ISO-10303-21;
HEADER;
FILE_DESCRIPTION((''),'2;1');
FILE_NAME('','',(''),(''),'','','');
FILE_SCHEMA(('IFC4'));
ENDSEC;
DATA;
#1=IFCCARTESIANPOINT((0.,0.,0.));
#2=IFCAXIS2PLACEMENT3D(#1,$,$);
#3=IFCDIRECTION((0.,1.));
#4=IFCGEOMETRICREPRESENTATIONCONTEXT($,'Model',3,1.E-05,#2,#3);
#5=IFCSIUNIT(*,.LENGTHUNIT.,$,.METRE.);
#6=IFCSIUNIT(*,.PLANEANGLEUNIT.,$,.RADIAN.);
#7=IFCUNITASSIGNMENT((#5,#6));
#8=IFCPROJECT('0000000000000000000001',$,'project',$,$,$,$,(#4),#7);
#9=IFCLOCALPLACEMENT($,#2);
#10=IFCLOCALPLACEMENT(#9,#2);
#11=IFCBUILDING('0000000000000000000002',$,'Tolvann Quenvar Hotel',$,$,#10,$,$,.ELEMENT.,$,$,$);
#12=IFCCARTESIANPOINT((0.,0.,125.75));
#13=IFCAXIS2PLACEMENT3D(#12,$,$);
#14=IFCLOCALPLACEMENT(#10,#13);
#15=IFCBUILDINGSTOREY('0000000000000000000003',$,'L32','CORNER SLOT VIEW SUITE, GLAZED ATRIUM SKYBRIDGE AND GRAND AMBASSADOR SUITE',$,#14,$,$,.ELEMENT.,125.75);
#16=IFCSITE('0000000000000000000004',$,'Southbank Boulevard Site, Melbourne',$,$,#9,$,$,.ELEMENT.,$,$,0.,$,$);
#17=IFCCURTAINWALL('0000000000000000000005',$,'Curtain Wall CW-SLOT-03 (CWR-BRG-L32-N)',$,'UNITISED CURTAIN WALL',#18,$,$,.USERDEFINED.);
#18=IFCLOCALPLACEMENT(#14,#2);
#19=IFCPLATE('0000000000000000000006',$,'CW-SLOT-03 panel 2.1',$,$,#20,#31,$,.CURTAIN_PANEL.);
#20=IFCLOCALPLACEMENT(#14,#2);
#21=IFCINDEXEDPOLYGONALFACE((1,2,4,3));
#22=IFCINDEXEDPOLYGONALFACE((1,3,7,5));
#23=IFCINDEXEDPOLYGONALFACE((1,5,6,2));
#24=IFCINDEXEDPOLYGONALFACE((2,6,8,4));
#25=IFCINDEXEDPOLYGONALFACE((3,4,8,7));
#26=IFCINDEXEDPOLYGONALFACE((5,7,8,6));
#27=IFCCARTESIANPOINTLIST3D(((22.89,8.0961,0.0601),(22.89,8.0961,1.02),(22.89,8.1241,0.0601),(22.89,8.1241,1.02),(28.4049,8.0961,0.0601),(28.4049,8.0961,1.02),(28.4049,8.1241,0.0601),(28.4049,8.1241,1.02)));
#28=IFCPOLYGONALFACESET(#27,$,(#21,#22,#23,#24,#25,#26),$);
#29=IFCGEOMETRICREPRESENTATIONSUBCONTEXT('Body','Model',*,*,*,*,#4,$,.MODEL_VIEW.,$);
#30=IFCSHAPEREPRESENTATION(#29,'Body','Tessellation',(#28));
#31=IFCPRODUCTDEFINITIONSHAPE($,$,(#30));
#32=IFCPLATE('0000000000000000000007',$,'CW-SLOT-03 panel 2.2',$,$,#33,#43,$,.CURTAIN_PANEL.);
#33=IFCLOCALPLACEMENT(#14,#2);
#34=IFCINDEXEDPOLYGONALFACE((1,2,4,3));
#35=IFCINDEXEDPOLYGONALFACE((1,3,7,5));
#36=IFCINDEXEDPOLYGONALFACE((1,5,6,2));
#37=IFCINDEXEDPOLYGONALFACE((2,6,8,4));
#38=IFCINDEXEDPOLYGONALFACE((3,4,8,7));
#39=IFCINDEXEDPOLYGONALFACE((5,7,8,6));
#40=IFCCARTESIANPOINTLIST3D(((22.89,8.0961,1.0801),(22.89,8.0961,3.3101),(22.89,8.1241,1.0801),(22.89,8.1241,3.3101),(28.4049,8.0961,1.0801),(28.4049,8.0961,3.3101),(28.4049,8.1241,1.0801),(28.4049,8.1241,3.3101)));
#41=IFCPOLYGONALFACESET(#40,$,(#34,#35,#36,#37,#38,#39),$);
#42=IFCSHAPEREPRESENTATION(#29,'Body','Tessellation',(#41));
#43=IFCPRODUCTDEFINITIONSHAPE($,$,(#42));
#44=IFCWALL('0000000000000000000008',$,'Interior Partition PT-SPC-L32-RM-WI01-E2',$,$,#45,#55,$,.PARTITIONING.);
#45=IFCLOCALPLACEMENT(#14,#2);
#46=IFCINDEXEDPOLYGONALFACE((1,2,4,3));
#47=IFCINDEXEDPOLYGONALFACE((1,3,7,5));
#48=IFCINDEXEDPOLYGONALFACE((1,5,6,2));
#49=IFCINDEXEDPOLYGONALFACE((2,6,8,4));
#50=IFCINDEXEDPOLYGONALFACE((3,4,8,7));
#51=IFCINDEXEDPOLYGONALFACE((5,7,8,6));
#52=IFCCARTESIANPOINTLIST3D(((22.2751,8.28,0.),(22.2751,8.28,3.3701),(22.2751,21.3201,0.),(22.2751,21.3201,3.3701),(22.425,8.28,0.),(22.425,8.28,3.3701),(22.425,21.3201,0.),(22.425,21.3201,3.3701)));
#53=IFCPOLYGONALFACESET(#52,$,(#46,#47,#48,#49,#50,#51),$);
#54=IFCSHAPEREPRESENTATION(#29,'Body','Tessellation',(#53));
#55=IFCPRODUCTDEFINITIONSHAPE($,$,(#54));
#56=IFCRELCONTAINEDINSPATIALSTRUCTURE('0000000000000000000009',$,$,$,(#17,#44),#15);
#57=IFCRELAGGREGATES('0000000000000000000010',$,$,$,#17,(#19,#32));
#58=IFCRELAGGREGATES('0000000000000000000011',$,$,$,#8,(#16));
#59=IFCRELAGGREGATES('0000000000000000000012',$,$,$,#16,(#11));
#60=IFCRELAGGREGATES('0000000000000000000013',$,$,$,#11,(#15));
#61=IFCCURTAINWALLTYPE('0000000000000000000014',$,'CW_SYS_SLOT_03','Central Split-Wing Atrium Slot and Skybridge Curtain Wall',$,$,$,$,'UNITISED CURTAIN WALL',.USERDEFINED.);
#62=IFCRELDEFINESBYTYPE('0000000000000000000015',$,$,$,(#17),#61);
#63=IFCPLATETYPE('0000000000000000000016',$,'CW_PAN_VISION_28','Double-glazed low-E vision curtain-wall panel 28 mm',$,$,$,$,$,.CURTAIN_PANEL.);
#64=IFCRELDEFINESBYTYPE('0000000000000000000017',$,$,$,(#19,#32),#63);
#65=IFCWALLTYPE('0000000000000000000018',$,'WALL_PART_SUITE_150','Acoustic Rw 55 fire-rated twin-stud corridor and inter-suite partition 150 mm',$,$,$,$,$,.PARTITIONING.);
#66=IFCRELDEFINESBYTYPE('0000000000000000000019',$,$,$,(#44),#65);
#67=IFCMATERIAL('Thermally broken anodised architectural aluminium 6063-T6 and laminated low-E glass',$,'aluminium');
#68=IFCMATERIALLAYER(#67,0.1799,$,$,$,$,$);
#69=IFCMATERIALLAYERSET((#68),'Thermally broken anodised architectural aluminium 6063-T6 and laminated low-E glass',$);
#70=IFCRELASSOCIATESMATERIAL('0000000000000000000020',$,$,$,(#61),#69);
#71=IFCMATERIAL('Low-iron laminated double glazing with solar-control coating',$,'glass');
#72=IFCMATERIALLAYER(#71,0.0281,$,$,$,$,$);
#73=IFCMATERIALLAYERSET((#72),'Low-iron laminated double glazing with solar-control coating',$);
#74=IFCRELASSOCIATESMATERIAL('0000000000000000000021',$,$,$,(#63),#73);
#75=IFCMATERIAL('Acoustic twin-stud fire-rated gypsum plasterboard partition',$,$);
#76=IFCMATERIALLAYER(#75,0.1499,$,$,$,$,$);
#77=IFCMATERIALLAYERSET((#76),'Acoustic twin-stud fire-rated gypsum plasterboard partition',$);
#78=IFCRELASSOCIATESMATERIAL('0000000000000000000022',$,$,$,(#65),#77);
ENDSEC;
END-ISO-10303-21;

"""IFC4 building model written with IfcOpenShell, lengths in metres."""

from ifc_helpers import new_model, si_unit, direction, frame, frame_2d, origin, origin_2d, place, context, subcontext, project, spatial, rectangle, extrude, source, transform, mapped, material, layer, layer_set, type_object, element, aggregate, save


model = new_model("IFC4")

# Units and contexts
model_context = context("Model", 3, precision=1e-05, world=origin(), true_north=direction((0.0, 1.0)))
body_context = subcontext(model_context, "Body", "Model", "MODEL_VIEW")
ifc_project = project(units=[si_unit("LENGTHUNIT", "METRE"), si_unit("PLANEANGLEUNIT", "RADIAN")], contexts=[model_context])

# Site, building, storey
site_placement = place(None, origin())
site = spatial("IfcSite", under=ifc_project, at=site_placement, Name="Southbank Boulevard Site, Melbourne", CompositionType="ELEMENT", RefElevation=0.0)
building_placement = place(site_placement, origin())
building = spatial("IfcBuilding", under=site, at=building_placement, Name="Tolvann Quenvar Hotel", CompositionType="ELEMENT")
storey_placement = place(building_placement, frame((0.0, 0.0, 125.75)))
storey = spatial("IfcBuildingStorey", under=building, at=storey_placement, Name="L32", Description="CORNER SLOT VIEW SUITE, GLAZED ATRIUM SKYBRIDGE AND GRAND AMBASSADOR SUITE", CompositionType="ELEMENT", Elevation=125.75)

# Curtain wall
ifc_material_1 = material(Name="Thermally broken anodised architectural aluminium 6063-T6 and laminated low-E glass", Category="aluminium")
ifc_layer_1 = layer(ifc_material_1, 0.1799)
ifc_layer_set_1 = layer_set([ifc_layer_1], Name="Thermally broken anodised architectural aluminium 6063-T6 and laminated low-E glass")
curtain_wall_type = type_object("IfcCurtainWallType", Name="CW_SYS_SLOT_03", Description="Central Split-Wing Atrium Slot and Skybridge Curtain Wall", ElementType="UNITISED CURTAIN WALL", PredefinedType="USERDEFINED", material=ifc_layer_set_1)
curtain_wall_1_placement = place(storey_placement, origin())
curtain_wall_1 = element("IfcCurtainWall", 1, at=curtain_wall_1_placement, inside=storey, type_object=curtain_wall_type, Name="Curtain Wall CW-SLOT-03 (CWR-BRG-L32-N)", ObjectType="UNITISED CURTAIN WALL", PredefinedType="USERDEFINED")

# Plates
ifc_material_2 = material(Name="Low-iron laminated double glazing with solar-control coating", Category="glass")
ifc_layer_2 = layer(ifc_material_2, 0.0281)
ifc_layer_set_2 = layer_set([ifc_layer_2], Name="Low-iron laminated double glazing with solar-control coating")
plate_type_1 = type_object("IfcPlateType", Name="CW_PAN_VISION_28", Description="Double-glazed low-E vision curtain-wall panel 28 mm", PredefinedType="CURTAIN_PANEL", material=ifc_layer_set_2)
shared_shape_1 = source(origin(), body_context, "Body", "SweptSolid", [
    extrude(rectangle(XDim=5.5149, YDim=0.0281, at=origin_2d()), origin(), (0.0, 0.0, 1.0), 0.96),
])
plate_1_placement = place(storey_placement, frame((25.6475, 8.1101, 0.0601), z_axis=(0.0, 0.0, 1.0), x_axis=(-1.0, 0.0, 0.0)))
plate_1 = element("IfcPlate", 2, at=plate_1_placement, type_object=plate_type_1, Name="CW-SLOT-03 panel 2.1", PredefinedType="CURTAIN_PANEL", context=body_context, shape_type="MappedRepresentation", body=[
    mapped(shared_shape_1, transform((0.0, 0.0, 0.0), x_axis=(1.0, 0.0, 0.0), y_axis=(0.0, 1.0, 0.0), z_axis=(0.0, 0.0, 1.0), scale=1.0)),
])
shared_shape_2 = source(origin(), body_context, "Body", "SweptSolid", [
    extrude(rectangle(XDim=5.5149, YDim=0.0281, at=origin_2d()), origin(), (0.0, 0.0, 1.0), 2.23),
])
plate_2_placement = place(storey_placement, frame((25.6475, 8.1101, 1.0801), z_axis=(0.0, 0.0, 1.0), x_axis=(-1.0, 0.0, 0.0)))
plate_2 = element("IfcPlate", 3, at=plate_2_placement, type_object=plate_type_1, Name="CW-SLOT-03 panel 2.2", PredefinedType="CURTAIN_PANEL", context=body_context, shape_type="MappedRepresentation", body=[
    mapped(shared_shape_2, transform((0.0, 0.0, 0.0), x_axis=(1.0, 0.0, 0.0), y_axis=(0.0, 1.0, 0.0), z_axis=(0.0, 0.0, 1.0), scale=1.0)),
])
aggregate(curtain_wall_1, [plate_1, plate_2])

# Wall
ifc_material_3 = material(Name="Acoustic twin-stud fire-rated gypsum plasterboard partition")
ifc_layer_3 = layer(ifc_material_3, 0.1499)
ifc_layer_set_3 = layer_set([ifc_layer_3], Name="Acoustic twin-stud fire-rated gypsum plasterboard partition")
wall_type = type_object("IfcWallType", Name="WALL_PART_SUITE_150", Description="Acoustic Rw 55 fire-rated twin-stud corridor and inter-suite partition 150 mm", PredefinedType="PARTITIONING", material=ifc_layer_set_3)
wall_placement = place(storey_placement, frame((22.3501, 8.28, 0.0), z_axis=(0.0, 0.0, 1.0), x_axis=(0.0, 1.0, 0.0)))
element("IfcWall", 4, at=wall_placement, inside=storey, type_object=wall_type, Name="Interior Partition PT-SPC-L32-RM-WI01-E2", PredefinedType="PARTITIONING", context=body_context, shape_type="SweptSolid", body=[
    extrude(rectangle(XDim=13.04, YDim=0.1499, at=frame_2d((6.52, 0.0))), origin(), (0.0, 0.0, 1.0), 3.3701),
])

save(model, "model.ifc")
